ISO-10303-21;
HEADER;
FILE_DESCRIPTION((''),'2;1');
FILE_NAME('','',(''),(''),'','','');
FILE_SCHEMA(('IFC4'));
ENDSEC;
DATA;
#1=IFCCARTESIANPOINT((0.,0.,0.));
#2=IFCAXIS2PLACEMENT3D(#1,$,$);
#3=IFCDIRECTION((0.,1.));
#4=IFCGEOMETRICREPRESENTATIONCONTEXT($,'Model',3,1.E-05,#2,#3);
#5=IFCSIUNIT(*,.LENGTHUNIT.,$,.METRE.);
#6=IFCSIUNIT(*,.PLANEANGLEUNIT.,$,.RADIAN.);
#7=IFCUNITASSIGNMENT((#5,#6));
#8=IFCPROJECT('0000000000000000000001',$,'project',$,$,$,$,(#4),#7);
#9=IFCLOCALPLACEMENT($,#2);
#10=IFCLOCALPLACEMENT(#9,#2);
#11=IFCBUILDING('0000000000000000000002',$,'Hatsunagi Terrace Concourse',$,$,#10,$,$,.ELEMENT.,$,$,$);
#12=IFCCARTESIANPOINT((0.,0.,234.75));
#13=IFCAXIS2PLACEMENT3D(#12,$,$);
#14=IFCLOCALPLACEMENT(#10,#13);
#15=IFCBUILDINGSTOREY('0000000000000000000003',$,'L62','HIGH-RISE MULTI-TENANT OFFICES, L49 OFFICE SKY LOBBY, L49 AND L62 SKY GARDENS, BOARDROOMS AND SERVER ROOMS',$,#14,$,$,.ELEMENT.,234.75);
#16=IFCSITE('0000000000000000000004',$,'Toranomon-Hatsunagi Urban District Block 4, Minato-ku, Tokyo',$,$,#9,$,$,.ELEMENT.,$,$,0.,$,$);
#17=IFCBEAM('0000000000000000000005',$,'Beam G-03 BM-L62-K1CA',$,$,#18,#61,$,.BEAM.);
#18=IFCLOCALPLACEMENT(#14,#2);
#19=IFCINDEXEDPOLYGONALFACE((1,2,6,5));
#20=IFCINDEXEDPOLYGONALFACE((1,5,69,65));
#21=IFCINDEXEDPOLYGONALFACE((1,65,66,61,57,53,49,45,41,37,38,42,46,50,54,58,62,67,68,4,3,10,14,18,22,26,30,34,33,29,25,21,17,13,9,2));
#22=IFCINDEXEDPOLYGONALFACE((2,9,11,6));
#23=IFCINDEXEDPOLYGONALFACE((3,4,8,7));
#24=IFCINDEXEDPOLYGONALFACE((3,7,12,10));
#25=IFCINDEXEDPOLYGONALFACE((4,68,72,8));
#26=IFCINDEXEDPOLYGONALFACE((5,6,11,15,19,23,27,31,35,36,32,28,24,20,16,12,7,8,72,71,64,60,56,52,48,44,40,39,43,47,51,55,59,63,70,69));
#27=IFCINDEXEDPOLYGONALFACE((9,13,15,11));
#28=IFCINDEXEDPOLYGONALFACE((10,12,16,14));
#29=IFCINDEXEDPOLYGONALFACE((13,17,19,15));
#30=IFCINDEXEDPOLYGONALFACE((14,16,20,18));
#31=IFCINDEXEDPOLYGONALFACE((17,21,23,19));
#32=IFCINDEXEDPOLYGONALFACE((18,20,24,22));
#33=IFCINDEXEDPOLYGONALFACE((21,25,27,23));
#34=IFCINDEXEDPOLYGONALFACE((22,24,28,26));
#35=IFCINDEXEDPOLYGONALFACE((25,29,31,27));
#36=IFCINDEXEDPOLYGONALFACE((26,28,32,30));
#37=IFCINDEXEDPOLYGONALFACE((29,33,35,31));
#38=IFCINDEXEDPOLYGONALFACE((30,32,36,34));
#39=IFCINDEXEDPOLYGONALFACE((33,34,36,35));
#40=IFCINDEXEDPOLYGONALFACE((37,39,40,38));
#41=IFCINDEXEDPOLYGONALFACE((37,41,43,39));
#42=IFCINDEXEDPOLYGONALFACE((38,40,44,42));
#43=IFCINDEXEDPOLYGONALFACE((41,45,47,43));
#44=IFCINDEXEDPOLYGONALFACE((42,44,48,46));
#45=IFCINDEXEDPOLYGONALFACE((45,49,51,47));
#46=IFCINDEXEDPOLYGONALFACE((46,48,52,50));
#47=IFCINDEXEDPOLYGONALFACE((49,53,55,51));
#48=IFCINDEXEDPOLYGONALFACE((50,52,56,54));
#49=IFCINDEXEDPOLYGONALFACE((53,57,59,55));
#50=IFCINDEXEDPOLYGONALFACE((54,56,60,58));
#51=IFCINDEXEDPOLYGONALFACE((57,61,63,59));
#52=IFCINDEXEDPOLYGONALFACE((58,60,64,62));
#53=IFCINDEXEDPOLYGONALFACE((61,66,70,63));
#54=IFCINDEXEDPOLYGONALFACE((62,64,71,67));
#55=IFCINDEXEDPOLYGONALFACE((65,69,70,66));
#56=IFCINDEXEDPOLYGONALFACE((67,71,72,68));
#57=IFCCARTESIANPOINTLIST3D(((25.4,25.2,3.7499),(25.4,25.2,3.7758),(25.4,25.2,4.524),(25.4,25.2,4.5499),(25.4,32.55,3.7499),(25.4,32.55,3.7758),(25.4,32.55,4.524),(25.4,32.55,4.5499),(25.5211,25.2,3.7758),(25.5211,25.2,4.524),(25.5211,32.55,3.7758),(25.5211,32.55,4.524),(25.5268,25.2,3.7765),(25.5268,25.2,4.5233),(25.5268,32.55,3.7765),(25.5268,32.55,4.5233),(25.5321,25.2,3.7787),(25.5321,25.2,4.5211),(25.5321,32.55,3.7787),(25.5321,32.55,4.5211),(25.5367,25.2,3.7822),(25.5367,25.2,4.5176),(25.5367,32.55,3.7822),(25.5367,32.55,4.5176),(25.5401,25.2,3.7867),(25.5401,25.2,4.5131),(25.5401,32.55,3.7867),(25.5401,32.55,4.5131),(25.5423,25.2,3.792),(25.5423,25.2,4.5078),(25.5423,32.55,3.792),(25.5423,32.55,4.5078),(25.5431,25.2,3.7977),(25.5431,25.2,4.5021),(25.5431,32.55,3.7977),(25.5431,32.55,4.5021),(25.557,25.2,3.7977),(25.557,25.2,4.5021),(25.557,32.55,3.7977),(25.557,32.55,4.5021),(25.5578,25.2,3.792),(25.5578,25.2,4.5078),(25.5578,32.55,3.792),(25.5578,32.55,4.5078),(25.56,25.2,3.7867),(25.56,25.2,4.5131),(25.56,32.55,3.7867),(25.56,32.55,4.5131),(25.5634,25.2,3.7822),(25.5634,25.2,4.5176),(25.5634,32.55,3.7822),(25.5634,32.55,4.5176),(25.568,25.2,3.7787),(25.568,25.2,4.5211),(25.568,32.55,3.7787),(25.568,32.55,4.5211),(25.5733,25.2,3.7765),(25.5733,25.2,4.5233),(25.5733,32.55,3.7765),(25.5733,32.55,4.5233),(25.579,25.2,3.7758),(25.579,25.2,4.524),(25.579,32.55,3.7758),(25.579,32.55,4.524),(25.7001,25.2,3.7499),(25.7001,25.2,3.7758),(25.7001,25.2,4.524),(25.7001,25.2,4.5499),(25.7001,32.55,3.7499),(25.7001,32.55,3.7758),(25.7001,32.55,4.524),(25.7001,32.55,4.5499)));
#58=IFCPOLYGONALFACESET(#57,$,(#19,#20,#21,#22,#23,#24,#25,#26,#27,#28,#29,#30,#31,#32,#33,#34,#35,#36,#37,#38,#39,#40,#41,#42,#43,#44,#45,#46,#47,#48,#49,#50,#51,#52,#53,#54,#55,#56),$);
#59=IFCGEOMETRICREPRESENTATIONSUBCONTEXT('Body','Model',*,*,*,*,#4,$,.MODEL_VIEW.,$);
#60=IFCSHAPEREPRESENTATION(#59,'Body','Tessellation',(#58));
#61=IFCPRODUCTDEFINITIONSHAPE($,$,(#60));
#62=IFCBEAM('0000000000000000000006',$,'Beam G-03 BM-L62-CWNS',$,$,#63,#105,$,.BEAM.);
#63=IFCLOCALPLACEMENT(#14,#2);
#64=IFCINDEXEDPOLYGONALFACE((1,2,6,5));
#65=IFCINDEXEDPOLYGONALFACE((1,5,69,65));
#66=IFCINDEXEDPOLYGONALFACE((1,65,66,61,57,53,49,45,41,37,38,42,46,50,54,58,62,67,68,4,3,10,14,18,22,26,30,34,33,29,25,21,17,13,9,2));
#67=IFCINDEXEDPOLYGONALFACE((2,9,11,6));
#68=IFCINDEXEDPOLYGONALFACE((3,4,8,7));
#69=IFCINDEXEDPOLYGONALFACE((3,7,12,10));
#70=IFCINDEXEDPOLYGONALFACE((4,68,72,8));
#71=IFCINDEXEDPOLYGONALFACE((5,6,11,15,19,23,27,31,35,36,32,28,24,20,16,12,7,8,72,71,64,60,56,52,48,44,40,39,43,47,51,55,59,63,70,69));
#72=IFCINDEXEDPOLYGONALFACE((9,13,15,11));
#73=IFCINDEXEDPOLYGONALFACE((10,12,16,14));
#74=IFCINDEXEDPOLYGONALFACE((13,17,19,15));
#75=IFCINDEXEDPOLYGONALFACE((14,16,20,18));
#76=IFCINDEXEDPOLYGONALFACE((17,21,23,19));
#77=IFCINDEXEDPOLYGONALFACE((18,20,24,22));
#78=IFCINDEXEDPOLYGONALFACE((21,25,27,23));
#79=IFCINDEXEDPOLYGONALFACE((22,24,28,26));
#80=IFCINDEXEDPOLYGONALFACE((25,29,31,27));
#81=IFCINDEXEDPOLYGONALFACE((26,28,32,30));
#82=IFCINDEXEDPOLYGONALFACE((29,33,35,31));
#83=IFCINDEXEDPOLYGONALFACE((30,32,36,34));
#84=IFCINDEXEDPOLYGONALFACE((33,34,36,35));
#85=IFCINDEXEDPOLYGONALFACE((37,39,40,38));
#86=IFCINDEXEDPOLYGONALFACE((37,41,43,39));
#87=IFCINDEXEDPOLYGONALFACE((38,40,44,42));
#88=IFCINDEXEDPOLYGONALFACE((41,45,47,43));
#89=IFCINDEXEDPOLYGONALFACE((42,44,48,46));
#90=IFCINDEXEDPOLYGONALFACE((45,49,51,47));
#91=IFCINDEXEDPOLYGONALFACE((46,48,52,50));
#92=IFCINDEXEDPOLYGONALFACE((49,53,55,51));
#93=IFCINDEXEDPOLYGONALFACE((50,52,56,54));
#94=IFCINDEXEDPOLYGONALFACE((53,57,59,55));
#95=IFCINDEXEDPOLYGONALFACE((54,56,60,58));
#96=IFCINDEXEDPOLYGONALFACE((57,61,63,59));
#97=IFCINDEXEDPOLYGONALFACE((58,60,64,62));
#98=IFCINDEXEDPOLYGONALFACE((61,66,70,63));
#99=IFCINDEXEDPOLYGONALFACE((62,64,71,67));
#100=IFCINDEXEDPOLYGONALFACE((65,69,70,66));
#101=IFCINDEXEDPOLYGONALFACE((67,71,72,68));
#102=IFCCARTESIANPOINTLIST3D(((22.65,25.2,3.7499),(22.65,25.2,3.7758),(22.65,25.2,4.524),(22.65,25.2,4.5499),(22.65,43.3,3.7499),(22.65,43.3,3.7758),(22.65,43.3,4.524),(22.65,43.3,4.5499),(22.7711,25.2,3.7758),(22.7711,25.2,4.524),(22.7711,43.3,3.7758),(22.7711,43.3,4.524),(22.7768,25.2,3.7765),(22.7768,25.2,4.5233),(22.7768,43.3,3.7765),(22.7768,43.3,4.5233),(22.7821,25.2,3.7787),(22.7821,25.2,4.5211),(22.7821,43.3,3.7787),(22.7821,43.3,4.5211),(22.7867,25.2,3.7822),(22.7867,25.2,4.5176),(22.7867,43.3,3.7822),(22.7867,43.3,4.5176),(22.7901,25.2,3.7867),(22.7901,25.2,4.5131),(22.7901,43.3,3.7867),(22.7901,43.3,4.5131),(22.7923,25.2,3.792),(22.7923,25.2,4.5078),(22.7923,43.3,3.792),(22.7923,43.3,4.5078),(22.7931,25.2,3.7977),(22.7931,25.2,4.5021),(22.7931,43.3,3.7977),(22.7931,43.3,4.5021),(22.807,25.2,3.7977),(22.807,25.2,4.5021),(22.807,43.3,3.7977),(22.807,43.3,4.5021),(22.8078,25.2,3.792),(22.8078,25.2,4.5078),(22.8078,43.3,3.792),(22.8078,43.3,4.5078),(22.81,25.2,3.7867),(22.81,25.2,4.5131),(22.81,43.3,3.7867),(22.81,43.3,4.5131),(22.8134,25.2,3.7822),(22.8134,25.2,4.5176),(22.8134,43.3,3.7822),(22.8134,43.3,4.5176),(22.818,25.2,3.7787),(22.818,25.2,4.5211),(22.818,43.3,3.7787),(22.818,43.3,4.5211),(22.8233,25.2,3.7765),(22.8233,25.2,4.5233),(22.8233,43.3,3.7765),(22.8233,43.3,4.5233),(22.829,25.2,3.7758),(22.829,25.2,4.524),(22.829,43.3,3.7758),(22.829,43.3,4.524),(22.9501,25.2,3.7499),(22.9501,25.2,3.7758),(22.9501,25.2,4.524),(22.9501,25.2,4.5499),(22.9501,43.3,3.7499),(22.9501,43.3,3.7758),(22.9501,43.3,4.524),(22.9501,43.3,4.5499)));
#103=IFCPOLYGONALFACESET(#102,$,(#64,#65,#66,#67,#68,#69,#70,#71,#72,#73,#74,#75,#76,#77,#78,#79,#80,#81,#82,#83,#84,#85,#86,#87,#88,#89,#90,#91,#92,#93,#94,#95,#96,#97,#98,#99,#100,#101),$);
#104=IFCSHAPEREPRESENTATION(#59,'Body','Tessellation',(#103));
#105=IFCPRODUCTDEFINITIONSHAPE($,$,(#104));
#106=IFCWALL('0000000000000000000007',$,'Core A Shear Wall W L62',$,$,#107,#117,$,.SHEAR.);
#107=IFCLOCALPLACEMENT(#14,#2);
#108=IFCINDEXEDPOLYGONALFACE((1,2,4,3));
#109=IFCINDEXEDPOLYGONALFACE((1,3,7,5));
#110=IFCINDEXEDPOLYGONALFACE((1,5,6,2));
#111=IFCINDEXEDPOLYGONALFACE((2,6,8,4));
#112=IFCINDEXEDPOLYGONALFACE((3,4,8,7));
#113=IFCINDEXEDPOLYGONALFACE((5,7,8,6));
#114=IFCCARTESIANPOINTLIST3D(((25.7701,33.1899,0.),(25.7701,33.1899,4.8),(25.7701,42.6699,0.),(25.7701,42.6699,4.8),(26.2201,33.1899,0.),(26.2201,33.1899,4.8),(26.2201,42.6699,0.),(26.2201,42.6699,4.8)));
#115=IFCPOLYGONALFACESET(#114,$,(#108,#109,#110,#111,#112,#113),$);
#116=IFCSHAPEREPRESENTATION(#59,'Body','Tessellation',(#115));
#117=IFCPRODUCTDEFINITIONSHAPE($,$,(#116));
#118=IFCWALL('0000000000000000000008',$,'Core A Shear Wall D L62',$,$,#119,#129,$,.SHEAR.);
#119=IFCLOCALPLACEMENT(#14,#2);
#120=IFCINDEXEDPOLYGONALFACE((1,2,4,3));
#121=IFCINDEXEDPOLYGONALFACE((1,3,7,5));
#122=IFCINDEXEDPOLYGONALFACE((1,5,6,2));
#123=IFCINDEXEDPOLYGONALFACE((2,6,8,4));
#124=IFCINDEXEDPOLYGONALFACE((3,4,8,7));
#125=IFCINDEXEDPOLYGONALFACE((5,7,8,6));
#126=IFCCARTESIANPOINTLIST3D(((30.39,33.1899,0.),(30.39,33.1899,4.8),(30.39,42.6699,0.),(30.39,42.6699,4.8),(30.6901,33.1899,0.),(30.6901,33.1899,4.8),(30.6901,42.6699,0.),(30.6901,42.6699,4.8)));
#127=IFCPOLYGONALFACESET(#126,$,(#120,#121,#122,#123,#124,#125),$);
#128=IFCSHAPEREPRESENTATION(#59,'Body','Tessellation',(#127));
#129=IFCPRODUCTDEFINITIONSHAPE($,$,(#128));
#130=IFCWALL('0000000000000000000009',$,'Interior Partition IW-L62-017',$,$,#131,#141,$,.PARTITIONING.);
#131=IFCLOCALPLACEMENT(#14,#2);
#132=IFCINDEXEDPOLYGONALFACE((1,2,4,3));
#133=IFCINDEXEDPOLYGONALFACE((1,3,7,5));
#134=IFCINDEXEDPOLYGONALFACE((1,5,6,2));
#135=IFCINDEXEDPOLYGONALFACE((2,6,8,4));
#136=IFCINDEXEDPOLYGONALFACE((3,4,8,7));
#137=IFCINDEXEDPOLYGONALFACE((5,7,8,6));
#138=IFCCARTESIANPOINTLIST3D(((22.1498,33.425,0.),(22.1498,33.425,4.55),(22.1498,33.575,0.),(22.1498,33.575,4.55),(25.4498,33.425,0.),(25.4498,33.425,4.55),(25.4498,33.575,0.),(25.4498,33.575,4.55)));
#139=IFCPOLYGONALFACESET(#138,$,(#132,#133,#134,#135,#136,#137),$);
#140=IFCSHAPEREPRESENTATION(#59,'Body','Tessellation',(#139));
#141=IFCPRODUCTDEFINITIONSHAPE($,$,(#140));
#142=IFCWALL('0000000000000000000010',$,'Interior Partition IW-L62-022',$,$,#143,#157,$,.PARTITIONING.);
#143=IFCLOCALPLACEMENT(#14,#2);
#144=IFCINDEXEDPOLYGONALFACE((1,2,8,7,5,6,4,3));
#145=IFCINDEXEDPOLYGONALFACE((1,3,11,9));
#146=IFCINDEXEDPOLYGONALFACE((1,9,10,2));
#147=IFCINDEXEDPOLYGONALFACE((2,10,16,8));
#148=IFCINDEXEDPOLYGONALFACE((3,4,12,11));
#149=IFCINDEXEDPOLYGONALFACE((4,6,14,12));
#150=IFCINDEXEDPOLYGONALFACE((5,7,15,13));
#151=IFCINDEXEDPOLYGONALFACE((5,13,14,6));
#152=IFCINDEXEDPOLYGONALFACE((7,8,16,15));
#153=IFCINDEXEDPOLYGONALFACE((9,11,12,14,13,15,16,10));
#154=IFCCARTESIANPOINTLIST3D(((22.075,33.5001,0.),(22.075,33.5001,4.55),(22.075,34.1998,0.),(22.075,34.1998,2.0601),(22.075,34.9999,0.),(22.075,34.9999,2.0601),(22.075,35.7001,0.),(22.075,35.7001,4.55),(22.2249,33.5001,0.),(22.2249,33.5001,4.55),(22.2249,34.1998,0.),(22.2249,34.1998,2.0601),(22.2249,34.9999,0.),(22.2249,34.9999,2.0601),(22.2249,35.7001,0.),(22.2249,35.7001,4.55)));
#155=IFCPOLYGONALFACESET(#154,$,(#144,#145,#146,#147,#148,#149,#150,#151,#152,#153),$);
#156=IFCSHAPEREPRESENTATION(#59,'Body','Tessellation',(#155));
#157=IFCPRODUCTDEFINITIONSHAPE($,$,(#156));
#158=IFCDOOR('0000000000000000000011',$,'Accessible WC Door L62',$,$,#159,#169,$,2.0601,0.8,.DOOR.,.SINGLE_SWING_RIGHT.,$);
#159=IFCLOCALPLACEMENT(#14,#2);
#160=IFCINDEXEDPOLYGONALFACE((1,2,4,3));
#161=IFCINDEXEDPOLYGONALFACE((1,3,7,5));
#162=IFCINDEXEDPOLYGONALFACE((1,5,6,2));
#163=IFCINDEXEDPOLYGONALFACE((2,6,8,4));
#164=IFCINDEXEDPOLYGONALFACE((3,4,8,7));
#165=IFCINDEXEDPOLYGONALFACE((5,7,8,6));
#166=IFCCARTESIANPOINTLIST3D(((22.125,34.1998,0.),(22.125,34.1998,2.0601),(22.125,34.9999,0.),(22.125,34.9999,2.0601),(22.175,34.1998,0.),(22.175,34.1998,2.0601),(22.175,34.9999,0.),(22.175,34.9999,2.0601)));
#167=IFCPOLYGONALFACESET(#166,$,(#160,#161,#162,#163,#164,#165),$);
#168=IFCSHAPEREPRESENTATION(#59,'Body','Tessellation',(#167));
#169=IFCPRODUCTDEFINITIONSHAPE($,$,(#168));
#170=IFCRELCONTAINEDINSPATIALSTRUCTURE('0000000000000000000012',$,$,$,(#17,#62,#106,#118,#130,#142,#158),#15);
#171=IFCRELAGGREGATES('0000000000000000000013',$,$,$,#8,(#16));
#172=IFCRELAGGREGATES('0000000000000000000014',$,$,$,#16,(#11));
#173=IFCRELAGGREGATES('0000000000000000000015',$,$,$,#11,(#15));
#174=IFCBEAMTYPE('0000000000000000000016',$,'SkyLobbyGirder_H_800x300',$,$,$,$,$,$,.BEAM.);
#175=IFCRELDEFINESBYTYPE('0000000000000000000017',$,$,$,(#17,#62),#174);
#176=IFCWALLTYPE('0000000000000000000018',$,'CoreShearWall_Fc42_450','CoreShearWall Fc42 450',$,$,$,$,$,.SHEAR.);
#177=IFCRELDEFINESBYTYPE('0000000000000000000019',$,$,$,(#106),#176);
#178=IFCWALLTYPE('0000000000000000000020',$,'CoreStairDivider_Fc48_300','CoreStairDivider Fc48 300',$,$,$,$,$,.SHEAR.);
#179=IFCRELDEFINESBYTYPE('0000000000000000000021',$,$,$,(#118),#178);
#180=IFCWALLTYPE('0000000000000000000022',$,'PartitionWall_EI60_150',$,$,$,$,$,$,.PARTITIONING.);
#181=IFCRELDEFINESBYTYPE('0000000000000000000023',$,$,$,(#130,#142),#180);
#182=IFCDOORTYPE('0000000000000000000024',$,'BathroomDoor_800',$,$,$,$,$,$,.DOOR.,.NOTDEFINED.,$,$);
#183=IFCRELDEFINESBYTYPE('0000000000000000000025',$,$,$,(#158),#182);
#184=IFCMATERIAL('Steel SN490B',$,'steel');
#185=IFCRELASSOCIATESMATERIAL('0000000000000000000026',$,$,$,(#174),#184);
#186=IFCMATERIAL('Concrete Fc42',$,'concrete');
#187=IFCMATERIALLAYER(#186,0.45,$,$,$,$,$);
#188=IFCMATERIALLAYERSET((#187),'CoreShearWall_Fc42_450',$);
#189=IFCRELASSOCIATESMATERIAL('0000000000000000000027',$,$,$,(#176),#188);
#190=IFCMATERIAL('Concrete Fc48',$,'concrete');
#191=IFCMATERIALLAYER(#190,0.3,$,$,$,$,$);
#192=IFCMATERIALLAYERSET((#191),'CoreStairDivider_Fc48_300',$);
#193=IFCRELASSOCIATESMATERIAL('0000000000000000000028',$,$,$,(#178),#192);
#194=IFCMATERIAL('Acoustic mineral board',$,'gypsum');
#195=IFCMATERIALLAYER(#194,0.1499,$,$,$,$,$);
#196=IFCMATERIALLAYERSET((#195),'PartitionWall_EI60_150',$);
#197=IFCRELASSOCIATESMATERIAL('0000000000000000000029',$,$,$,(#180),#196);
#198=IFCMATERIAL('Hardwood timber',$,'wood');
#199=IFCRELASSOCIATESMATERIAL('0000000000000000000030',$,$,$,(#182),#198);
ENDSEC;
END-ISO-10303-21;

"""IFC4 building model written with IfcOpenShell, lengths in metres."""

from ifc_helpers import new_model, si_unit, direction, frame, frame_2d, origin, origin_2d, place, context, subcontext, project, spatial, rectangle, i_section, extrude, material, layer, layer_set, material_profile, profile_set, type_object, element, fill, save


model = new_model("IFC4")

# Units and contexts
model_context = context("Model", 3, precision=1e-05, world=origin(), true_north=direction((0.0, 1.0)))
body_context = subcontext(model_context, "Body", "Model", "MODEL_VIEW")
ifc_project = project(units=[si_unit("LENGTHUNIT", "METRE"), si_unit("PLANEANGLEUNIT", "RADIAN")], contexts=[model_context])

# Site, building, storey
site_placement = place(None, origin())
site = spatial("IfcSite", under=ifc_project, at=site_placement, Name="Toranomon-Hatsunagi Urban District Block 4, Minato-ku, Tokyo", CompositionType="ELEMENT", RefElevation=0.0)
building_placement = place(site_placement, origin())
building = spatial("IfcBuilding", under=site, at=building_placement, Name="Hatsunagi Terrace Concourse", CompositionType="ELEMENT")
storey_placement = place(building_placement, frame((0.0, 0.0, 234.75)))
storey = spatial("IfcBuildingStorey", under=building, at=storey_placement, Name="L62", Description="HIGH-RISE MULTI-TENANT OFFICES, L49 OFFICE SKY LOBBY, L49 AND L62 SKY GARDENS, BOARDROOMS AND SERVER ROOMS", CompositionType="ELEMENT", Elevation=234.75)

# Beams
ifc_material_1 = material(Name="Steel SN490B", Category="steel")
ifc_material_profile_1 = material_profile(ifc_material_1, i_section(OverallWidth=0.3, OverallDepth=0.8, WebThickness=0.0139, FlangeThickness=0.0259, FilletRadius=0.022, at=origin_2d()), Name="H-800x300x14x26")
ifc_profile_set_1 = profile_set([ifc_material_profile_1], Name="Steel SN490B")
beam_type_1 = type_object("IfcBeamType", Name="SkyLobbyGirder_H_800x300", PredefinedType="BEAM", material=ifc_profile_set_1)
beam_1_placement = place(storey_placement, frame((25.55, 25.2, 4.1499), z_axis=(0.0, 1.0, 0.0), x_axis=(-1.0, 0.0, 0.0)))
element("IfcBeam", 1, at=beam_1_placement, inside=storey, type_object=beam_type_1, Name="Beam G-03 BM-L62-K1CA", PredefinedType="BEAM", context=body_context, shape_type="SweptSolid", body=[
    extrude(i_section(OverallWidth=0.3, OverallDepth=0.8, WebThickness=0.0139, FlangeThickness=0.0259, FilletRadius=0.022, at=origin_2d()), origin(), (0.0, 0.0, 1.0), 7.3501),
])
beam_2_placement = place(storey_placement, frame((22.8, 25.2, 4.1499), z_axis=(0.0, 1.0, 0.0), x_axis=(-1.0, 0.0, 0.0)))
element("IfcBeam", 2, at=beam_2_placement, inside=storey, type_object=beam_type_1, Name="Beam G-03 BM-L62-CWNS", PredefinedType="BEAM", context=body_context, shape_type="SweptSolid", body=[
    extrude(i_section(OverallWidth=0.3, OverallDepth=0.8, WebThickness=0.0139, FlangeThickness=0.0259, FilletRadius=0.022, at=origin_2d()), origin(), (0.0, 0.0, 1.0), 18.1001),
])

# Shared definitions
ifc_material_2 = material(Name="Concrete Fc42", Category="concrete")
ifc_layer_1 = layer(ifc_material_2, 0.45)
ifc_layer_set_1 = layer_set([ifc_layer_1], Name="CoreShearWall_Fc42_450")
wall_type_1 = type_object("IfcWallType", Name="CoreShearWall_Fc42_450", Description="CoreShearWall Fc42 450", PredefinedType="SHEAR", material=ifc_layer_set_1)

# Walls
wall_1_placement = place(storey_placement, frame((25.9951, 33.1899, 0.0), z_axis=(0.0, 0.0, 1.0), x_axis=(0.0, 1.0, 0.0)))
element("IfcWall", 3, at=wall_1_placement, inside=storey, type_object=wall_type_1, Name="Core A Shear Wall W L62", PredefinedType="SHEAR", context=body_context, shape_type="SweptSolid", body=[
    extrude(rectangle(XDim=9.48, YDim=0.45, at=frame_2d((4.74, 0.0))), origin(), (0.0, 0.0, 1.0), 4.8),
])
ifc_material_3 = material(Name="Concrete Fc48", Category="concrete")
ifc_layer_2 = layer(ifc_material_3, 0.3)
ifc_layer_set_2 = layer_set([ifc_layer_2], Name="CoreStairDivider_Fc48_300")
wall_type_2 = type_object("IfcWallType", Name="CoreStairDivider_Fc48_300", Description="CoreStairDivider Fc48 300", PredefinedType="SHEAR", material=ifc_layer_set_2)
wall_2_placement = place(storey_placement, frame((30.54, 33.1899, 0.0), z_axis=(0.0, 0.0, 1.0), x_axis=(0.0, 1.0, 0.0)))
element("IfcWall", 4, at=wall_2_placement, inside=storey, type_object=wall_type_2, Name="Core A Shear Wall D L62", PredefinedType="SHEAR", context=body_context, shape_type="SweptSolid", body=[
    extrude(rectangle(XDim=9.48, YDim=0.3, at=frame_2d((4.74, 0.0))), origin(), (0.0, 0.0, 1.0), 4.8),
])
ifc_material_4 = material(Name="Acoustic mineral board", Category="gypsum")
ifc_layer_3 = layer(ifc_material_4, 0.1499)
ifc_layer_set_3 = layer_set([ifc_layer_3], Name="PartitionWall_EI60_150")
wall_type_3 = type_object("IfcWallType", Name="PartitionWall_EI60_150", PredefinedType="PARTITIONING", material=ifc_layer_set_3)
wall_3_placement = place(storey_placement, frame((22.1499, 33.5, 0.0), z_axis=(0.0, 0.0, 1.0), x_axis=(1.0, 0.0, 0.0)))
element("IfcWall", 5, at=wall_3_placement, inside=storey, type_object=wall_type_3, Name="Interior Partition IW-L62-017", PredefinedType="PARTITIONING", context=body_context, shape_type="SweptSolid", body=[
    extrude(rectangle(XDim=3.3, YDim=0.1499, at=frame_2d((1.6499, 0.0))), origin(), (0.0, 0.0, 1.0), 4.55),
])

# Wall, opening, door
wall_4_placement = place(storey_placement, frame((22.1499, 33.5, 0.0), z_axis=(0.0, 0.0, 1.0), x_axis=(0.0, 1.0, 0.0)))
wall_4 = element("IfcWall", 6, at=wall_4_placement, inside=storey, type_object=wall_type_3, Name="Interior Partition IW-L62-022", PredefinedType="PARTITIONING", context=body_context, shape_type="SweptSolid", body=[
    extrude(rectangle(XDim=2.2, YDim=0.1499, at=frame_2d((1.1001, 0.0))), origin(), (0.0, 0.0, 1.0), 4.55),
])
opening_1_placement = place(wall_4_placement, frame((0.7, 0.0, 0.0)))
opening_1 = element("IfcOpeningElement", 7, at=opening_1_placement, cuts=wall_4, PredefinedType="OPENING", context=body_context, shape_type="SweptSolid", body=[
    extrude(rectangle(XDim=0.8, YDim=2.0601, at=frame_2d((0.3999, 1.03))), frame((0.0, 0.085, 0.0), z_axis=(0.0, -1.0, 0.0), x_axis=(1.0, 0.0, 0.0)), (0.0, 0.0, 1.0), 0.1699),
])
ifc_material_5 = material(Name="Hardwood timber", Category="wood")
door_type_1 = type_object("IfcDoorType", Name="BathroomDoor_800", OperationType="NOTDEFINED", PredefinedType="DOOR", material=ifc_material_5)
door_1_placement = place(opening_1_placement, origin())
door_1 = element("IfcDoor", 8, at=door_1_placement, inside=storey, type_object=door_type_1, Name="Accessible WC Door L62", OperationType="SINGLE_SWING_RIGHT", OverallHeight=2.0601, OverallWidth=0.8, PredefinedType="DOOR", context=body_context, shape_type="SweptSolid", body=[
    extrude(rectangle(XDim=0.8, YDim=2.0601, at=frame_2d((0.3999, 1.03))), frame((0.0, 0.0249, 0.0), z_axis=(0.0, -1.0, 0.0), x_axis=(1.0, 0.0, 0.0)), (0.0, 0.0, 1.0), 0.05),
])
fill(opening_1, door_1)

save(model, "model.ifc")
